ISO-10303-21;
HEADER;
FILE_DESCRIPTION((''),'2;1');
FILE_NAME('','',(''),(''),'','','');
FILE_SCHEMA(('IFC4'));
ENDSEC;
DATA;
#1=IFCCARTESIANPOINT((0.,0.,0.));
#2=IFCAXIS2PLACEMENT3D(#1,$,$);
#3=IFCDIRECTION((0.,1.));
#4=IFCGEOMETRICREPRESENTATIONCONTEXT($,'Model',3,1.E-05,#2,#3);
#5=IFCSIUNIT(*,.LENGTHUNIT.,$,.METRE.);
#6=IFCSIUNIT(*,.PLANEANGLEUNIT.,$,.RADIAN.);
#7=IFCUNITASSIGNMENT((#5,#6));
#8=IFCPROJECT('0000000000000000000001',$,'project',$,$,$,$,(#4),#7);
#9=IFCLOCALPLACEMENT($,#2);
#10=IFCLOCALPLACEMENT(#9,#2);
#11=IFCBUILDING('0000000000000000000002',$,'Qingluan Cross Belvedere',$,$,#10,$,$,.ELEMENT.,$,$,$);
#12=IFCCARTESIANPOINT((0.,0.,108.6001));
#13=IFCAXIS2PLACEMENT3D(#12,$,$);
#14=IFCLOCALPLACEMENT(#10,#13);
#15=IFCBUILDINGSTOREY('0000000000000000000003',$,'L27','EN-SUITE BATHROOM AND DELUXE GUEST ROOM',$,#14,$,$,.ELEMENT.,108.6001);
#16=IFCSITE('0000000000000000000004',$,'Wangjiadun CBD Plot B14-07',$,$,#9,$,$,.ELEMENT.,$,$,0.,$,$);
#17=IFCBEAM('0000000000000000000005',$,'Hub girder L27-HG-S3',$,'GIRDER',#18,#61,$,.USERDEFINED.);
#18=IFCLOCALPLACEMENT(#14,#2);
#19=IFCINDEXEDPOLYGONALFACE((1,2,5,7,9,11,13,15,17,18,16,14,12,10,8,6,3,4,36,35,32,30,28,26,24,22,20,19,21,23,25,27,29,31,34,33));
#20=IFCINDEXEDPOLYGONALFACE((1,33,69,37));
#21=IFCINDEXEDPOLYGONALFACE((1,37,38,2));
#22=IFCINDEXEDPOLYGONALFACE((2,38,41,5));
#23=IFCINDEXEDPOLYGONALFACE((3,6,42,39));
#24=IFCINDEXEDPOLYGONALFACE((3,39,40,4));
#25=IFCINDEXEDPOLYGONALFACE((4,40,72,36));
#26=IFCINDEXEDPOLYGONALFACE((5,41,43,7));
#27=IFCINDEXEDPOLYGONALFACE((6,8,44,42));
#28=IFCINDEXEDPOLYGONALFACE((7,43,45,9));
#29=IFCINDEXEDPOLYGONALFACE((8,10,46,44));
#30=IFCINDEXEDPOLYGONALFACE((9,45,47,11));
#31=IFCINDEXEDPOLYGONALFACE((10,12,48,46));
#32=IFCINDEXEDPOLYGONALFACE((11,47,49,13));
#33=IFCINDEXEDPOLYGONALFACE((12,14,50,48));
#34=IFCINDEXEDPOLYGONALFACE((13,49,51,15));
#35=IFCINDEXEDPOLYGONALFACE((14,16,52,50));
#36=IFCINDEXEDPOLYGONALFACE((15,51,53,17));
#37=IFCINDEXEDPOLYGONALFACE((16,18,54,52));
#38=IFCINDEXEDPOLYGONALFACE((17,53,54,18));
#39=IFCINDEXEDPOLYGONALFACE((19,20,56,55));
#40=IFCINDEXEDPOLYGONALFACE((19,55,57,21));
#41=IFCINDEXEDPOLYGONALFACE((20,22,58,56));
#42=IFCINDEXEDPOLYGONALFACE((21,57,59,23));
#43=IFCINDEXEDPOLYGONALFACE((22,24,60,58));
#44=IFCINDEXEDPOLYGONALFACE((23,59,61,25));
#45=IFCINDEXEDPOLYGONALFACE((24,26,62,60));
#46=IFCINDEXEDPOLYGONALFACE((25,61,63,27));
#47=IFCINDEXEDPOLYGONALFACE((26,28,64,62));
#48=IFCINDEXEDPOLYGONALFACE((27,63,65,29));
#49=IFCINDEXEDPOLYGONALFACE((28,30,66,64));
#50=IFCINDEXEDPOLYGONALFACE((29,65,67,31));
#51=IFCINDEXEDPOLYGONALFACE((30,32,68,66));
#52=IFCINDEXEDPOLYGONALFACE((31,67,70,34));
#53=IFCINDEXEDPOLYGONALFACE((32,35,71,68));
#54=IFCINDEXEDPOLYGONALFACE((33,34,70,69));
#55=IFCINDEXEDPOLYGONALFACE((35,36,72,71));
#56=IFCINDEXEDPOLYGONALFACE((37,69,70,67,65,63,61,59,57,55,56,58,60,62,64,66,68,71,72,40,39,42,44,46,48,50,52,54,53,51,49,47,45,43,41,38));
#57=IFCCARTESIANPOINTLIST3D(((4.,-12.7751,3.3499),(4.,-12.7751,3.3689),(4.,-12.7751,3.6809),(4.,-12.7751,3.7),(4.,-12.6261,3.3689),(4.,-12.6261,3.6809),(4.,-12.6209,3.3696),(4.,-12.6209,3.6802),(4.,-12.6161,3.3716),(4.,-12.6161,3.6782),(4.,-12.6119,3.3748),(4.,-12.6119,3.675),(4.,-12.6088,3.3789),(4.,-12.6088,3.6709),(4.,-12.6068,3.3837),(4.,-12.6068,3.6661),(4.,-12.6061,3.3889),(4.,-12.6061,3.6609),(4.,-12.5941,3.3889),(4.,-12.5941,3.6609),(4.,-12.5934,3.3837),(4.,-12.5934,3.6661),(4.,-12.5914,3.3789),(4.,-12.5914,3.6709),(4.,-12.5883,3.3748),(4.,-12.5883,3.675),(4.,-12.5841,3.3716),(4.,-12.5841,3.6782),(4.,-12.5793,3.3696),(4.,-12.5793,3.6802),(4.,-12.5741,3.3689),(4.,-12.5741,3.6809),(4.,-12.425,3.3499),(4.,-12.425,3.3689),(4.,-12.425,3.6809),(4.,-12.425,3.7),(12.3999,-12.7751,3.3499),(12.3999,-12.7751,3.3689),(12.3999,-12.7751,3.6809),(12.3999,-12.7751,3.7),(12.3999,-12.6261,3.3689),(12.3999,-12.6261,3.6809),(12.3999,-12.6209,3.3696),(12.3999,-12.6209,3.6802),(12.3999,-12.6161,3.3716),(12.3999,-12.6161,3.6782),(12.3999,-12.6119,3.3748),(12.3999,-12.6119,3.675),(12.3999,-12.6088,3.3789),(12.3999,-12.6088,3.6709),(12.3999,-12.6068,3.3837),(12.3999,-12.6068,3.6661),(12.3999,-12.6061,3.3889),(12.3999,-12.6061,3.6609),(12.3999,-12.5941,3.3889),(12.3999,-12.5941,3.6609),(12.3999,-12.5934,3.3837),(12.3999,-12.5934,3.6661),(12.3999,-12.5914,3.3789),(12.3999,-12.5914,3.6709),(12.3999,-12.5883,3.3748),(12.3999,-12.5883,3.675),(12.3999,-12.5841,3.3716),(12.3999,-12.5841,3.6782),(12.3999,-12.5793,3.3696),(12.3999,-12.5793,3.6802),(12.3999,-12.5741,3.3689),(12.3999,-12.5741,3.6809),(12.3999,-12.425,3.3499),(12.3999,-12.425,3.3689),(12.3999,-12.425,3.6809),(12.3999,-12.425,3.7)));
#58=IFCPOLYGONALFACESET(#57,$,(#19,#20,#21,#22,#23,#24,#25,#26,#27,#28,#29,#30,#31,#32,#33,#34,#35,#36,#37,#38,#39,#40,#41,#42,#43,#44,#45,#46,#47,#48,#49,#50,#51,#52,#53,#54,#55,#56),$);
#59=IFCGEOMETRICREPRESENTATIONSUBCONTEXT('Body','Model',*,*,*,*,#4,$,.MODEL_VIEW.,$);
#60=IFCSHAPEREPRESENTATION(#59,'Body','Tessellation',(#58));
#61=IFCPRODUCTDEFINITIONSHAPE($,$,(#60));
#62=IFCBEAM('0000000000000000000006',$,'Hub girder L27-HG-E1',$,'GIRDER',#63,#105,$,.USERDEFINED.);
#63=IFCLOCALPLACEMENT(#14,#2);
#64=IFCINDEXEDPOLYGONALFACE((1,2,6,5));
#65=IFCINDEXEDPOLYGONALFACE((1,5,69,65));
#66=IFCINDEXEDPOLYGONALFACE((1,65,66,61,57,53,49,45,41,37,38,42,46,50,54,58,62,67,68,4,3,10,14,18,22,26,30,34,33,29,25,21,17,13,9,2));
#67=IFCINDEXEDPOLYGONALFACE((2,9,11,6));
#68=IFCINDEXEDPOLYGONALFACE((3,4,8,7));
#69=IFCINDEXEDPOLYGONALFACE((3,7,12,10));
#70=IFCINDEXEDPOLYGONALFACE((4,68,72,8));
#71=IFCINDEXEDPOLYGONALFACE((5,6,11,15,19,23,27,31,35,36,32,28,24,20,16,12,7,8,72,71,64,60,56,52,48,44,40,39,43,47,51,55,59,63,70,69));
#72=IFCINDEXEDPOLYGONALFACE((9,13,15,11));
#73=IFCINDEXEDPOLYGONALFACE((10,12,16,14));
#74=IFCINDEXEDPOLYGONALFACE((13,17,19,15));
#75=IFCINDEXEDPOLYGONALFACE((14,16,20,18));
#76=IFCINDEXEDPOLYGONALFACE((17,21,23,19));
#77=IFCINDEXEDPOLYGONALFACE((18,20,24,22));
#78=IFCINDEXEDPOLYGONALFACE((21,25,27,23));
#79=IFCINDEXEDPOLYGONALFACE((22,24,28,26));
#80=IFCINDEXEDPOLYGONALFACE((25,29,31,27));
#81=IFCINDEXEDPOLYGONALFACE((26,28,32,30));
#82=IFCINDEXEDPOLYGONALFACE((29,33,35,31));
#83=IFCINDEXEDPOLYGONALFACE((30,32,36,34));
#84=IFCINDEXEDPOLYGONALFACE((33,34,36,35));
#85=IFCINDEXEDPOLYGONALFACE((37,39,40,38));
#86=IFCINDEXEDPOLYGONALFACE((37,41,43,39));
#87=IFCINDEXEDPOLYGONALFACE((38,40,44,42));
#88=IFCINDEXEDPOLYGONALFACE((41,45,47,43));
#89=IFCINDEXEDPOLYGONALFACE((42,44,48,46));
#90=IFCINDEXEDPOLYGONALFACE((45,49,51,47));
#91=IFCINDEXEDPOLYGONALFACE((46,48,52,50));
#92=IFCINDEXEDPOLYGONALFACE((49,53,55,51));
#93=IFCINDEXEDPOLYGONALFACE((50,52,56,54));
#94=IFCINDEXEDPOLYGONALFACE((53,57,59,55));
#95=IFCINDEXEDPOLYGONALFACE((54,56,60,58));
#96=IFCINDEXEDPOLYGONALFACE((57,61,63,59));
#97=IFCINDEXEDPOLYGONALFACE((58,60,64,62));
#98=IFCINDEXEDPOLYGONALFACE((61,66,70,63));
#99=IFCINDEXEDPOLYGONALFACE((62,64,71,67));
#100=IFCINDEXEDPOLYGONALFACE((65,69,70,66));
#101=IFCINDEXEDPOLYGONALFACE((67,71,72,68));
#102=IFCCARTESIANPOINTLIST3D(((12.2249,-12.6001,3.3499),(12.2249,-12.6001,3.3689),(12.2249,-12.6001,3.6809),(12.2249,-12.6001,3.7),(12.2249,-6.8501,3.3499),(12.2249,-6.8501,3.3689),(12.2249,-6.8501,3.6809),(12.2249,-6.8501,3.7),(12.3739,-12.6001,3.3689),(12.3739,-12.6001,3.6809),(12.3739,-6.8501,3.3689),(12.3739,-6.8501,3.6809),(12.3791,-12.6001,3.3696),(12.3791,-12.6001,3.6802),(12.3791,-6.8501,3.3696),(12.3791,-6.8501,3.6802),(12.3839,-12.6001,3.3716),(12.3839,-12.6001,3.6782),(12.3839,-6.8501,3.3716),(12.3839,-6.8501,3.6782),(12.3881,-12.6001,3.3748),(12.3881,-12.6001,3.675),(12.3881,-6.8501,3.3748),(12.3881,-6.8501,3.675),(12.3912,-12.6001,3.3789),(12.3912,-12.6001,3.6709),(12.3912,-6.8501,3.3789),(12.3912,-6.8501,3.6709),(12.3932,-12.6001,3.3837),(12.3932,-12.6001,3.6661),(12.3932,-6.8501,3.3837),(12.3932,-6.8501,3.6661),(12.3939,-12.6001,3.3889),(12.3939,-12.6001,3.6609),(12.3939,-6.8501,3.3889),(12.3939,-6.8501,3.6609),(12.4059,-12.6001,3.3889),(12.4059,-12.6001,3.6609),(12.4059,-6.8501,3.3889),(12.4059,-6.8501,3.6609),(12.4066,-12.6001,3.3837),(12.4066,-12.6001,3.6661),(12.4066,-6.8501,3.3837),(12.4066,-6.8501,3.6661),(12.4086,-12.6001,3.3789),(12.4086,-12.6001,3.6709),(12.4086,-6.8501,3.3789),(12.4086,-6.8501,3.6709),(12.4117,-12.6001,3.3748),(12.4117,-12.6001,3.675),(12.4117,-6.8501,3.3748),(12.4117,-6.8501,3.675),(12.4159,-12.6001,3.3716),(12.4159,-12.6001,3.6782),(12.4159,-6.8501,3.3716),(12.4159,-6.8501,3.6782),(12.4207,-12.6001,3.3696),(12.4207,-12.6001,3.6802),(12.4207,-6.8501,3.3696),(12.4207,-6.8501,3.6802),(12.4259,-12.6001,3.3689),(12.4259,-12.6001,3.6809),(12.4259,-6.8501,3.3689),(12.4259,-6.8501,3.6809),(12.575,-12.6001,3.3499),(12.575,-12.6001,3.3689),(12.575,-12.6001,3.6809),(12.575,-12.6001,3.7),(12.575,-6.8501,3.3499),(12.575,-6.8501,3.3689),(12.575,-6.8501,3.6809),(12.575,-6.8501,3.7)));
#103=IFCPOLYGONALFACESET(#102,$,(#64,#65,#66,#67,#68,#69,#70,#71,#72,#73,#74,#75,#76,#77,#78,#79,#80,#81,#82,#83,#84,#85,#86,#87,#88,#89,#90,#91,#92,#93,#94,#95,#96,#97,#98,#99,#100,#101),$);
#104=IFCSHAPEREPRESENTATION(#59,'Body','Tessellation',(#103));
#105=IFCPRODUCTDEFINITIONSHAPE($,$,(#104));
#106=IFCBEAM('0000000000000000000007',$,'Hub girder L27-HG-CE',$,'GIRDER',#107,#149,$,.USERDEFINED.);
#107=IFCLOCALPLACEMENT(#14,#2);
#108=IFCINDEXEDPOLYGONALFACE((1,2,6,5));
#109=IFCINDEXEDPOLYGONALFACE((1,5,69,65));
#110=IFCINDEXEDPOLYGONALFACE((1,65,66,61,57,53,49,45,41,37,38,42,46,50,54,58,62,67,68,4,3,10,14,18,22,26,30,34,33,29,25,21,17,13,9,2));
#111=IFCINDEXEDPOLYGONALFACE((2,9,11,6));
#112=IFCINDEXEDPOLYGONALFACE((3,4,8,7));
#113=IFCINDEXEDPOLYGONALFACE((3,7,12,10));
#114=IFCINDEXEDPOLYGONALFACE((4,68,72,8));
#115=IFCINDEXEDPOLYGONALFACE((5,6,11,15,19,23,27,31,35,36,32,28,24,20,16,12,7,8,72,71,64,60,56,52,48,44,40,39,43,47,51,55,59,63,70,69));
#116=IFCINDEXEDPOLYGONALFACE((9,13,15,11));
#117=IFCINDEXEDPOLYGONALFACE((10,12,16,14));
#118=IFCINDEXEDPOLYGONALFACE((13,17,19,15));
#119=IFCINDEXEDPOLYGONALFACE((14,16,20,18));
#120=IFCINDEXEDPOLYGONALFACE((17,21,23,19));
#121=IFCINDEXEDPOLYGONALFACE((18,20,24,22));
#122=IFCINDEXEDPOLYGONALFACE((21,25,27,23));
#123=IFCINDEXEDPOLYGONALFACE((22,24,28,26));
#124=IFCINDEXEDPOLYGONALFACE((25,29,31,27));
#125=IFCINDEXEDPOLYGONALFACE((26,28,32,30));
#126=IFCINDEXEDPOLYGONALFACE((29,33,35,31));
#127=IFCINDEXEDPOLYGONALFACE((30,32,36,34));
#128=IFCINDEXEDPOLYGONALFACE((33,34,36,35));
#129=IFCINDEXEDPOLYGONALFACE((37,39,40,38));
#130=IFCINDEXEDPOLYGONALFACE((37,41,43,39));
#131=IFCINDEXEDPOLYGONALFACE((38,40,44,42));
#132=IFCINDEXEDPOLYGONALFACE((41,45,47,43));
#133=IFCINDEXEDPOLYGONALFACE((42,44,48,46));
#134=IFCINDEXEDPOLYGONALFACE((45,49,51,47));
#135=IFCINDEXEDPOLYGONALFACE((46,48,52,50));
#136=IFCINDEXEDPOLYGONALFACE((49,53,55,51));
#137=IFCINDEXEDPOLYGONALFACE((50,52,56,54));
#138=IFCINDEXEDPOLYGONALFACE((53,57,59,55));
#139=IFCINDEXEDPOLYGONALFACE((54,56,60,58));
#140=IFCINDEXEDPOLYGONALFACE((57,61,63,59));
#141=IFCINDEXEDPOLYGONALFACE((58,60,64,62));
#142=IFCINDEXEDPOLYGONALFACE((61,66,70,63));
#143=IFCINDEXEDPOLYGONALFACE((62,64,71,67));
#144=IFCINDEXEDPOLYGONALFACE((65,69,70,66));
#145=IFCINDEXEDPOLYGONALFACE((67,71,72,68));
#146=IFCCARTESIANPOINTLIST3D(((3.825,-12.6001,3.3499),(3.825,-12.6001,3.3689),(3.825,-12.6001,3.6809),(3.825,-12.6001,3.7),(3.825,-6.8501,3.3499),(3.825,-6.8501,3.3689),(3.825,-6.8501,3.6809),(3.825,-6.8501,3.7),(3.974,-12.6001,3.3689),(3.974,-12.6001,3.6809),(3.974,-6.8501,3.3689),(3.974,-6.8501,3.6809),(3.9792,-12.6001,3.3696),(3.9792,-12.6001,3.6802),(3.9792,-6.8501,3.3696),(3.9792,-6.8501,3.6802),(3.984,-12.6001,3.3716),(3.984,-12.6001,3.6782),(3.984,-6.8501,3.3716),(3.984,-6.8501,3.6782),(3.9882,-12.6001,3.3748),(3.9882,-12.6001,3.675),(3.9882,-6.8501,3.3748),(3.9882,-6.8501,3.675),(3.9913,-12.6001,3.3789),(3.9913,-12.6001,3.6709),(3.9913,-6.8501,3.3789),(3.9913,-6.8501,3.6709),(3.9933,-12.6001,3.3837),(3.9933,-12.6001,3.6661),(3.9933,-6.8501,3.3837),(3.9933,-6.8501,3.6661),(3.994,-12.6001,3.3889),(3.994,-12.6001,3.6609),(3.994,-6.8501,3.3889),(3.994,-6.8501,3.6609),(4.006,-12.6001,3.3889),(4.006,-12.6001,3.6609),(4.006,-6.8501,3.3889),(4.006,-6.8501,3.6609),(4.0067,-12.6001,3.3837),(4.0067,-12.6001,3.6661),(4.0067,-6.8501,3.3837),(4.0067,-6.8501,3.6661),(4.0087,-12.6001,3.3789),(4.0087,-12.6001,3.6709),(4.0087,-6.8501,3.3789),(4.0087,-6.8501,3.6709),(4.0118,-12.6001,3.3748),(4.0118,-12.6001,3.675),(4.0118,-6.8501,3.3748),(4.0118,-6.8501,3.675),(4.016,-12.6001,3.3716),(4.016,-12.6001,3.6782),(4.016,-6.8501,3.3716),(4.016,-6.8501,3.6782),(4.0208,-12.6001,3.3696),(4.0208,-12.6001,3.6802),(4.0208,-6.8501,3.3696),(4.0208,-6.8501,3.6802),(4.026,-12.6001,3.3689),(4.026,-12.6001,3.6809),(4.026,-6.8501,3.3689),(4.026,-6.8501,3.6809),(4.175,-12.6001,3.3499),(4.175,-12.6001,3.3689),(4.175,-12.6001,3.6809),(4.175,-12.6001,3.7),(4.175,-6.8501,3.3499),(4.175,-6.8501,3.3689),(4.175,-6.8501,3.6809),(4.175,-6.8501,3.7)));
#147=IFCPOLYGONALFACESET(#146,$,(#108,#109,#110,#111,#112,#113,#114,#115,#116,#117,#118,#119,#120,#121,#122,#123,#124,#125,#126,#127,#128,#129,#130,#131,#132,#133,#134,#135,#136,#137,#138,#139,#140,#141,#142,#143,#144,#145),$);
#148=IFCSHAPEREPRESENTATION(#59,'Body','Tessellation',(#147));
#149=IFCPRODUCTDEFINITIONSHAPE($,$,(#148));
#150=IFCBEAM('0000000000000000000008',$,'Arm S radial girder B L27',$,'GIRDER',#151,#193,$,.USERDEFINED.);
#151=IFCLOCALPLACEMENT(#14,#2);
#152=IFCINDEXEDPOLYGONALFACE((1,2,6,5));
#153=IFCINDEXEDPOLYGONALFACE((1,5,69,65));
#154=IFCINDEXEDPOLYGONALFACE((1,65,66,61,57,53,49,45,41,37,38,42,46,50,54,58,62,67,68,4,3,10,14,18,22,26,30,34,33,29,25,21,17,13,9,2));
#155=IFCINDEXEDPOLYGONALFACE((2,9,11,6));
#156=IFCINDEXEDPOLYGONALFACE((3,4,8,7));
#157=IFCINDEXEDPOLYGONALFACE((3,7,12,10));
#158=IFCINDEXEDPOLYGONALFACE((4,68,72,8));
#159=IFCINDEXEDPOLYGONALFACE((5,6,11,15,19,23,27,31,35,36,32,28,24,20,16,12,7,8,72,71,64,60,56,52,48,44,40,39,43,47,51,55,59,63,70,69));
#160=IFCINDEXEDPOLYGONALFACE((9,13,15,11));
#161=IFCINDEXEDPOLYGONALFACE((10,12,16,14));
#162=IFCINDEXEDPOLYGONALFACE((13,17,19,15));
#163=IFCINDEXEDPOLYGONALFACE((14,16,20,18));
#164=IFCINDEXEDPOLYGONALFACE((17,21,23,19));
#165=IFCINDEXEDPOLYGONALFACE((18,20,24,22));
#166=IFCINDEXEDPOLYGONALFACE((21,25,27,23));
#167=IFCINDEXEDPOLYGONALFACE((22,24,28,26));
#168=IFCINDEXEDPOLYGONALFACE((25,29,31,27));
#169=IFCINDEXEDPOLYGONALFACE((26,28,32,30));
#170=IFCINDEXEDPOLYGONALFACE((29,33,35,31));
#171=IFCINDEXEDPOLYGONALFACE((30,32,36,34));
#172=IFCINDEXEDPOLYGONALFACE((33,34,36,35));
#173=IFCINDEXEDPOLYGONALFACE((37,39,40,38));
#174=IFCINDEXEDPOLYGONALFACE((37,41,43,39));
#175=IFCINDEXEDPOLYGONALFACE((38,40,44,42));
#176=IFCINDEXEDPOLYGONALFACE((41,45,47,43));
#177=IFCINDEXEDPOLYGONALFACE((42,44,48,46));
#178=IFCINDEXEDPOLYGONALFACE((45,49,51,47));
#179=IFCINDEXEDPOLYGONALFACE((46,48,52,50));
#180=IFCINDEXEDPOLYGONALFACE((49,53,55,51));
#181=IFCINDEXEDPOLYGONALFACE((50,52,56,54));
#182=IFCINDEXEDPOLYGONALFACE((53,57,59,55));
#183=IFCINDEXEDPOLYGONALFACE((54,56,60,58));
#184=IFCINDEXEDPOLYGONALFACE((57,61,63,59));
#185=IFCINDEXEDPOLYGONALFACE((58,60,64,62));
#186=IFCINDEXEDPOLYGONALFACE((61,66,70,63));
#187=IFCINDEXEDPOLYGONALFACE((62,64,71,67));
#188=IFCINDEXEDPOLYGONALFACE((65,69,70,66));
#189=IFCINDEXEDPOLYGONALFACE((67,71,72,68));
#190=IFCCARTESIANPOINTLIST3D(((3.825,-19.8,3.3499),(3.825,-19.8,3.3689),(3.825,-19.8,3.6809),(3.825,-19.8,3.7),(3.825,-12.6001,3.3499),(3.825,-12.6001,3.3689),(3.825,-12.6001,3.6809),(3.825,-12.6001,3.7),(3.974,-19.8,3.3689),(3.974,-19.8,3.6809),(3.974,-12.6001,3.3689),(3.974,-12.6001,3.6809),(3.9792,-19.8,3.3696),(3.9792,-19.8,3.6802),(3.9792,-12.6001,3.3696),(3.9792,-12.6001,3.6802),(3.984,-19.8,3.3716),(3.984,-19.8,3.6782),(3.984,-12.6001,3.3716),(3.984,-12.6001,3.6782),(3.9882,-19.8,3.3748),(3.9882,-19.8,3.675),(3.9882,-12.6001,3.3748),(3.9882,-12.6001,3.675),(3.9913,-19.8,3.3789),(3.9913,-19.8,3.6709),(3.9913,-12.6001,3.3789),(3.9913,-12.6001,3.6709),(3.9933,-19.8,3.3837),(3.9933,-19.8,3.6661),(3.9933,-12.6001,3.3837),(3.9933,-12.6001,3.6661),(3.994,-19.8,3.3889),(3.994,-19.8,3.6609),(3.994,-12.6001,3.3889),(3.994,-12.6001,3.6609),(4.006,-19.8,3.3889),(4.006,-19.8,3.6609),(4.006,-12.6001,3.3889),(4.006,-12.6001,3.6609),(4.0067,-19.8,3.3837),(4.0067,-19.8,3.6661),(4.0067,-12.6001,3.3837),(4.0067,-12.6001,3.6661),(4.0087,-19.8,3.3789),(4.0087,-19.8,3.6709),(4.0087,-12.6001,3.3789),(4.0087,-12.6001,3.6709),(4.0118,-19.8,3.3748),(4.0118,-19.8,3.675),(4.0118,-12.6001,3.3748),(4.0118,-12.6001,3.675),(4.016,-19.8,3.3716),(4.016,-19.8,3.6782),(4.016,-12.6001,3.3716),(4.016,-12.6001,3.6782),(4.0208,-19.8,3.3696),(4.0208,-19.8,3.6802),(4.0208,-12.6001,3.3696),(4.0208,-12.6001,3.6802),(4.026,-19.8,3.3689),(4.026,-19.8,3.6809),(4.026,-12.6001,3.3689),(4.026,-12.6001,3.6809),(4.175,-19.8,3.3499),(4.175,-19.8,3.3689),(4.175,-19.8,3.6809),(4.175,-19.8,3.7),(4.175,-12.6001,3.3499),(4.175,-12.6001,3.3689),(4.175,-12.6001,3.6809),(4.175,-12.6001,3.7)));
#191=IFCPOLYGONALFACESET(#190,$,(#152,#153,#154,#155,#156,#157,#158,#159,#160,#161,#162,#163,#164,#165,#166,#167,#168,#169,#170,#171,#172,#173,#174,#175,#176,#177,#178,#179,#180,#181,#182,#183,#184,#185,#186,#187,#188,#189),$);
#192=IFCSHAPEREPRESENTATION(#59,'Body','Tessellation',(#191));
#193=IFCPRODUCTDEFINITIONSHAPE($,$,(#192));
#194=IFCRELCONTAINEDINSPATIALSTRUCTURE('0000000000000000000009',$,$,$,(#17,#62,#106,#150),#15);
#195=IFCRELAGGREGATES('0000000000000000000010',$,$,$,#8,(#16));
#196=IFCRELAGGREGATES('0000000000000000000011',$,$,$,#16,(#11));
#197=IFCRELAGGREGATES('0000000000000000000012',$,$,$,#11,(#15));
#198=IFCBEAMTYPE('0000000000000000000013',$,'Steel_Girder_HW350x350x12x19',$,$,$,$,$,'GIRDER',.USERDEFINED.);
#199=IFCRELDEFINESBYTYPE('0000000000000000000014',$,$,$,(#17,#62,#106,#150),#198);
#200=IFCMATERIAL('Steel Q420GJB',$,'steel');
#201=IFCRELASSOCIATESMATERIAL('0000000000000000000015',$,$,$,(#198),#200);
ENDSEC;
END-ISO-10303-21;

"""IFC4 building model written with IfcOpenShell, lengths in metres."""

from ifc_helpers import new_model, si_unit, direction, frame, origin, origin_2d, place, context, subcontext, project, spatial, i_section, extrude, material, material_profile, profile_set, type_object, element, save


model = new_model("IFC4")

# Units and contexts
model_context = context("Model", 3, precision=1e-05, world=origin(), true_north=direction((0.0, 1.0)))
body_context = subcontext(model_context, "Body", "Model", "MODEL_VIEW")
ifc_project = project(units=[si_unit("LENGTHUNIT", "METRE"), si_unit("PLANEANGLEUNIT", "RADIAN")], contexts=[model_context])

# Site, building, storey
site_placement = place(None, origin())
site = spatial("IfcSite", under=ifc_project, at=site_placement, Name="Wangjiadun CBD Plot B14-07", CompositionType="ELEMENT", RefElevation=0.0)
building_placement = place(site_placement, origin())
building = spatial("IfcBuilding", under=site, at=building_placement, Name="Qingluan Cross Belvedere", CompositionType="ELEMENT")
storey_placement = place(building_placement, frame((0.0, 0.0, 108.6001)))
storey = spatial("IfcBuildingStorey", under=building, at=storey_placement, Name="L27", Description="EN-SUITE BATHROOM AND DELUXE GUEST ROOM", CompositionType="ELEMENT", Elevation=108.6001)

# Beams
ifc_material_1 = material(Name="Steel Q420GJB", Category="steel")
ifc_material_profile_1 = material_profile(ifc_material_1, i_section(OverallWidth=0.3501, OverallDepth=0.3501, WebThickness=0.012, FlangeThickness=0.019, FilletRadius=0.02, at=origin_2d()), Name="HW350x350x12x19")
ifc_profile_set_1 = profile_set([ifc_material_profile_1], Name="Steel Q420GJB")
beam_type_1 = type_object("IfcBeamType", Name="Steel_Girder_HW350x350x12x19", ElementType="GIRDER", PredefinedType="USERDEFINED", material=ifc_profile_set_1)
beam_1_placement = place(storey_placement, frame((4.0, -12.6001, 3.5249), z_axis=(1.0, 0.0, 0.0), x_axis=(0.0, 1.0, 0.0)))
element("IfcBeam", 1, at=beam_1_placement, inside=storey, type_object=beam_type_1, Name="Hub girder L27-HG-S3", ObjectType="GIRDER", PredefinedType="USERDEFINED", context=body_context, shape_type="SweptSolid", body=[
    extrude(i_section(OverallWidth=0.3501, OverallDepth=0.3501, WebThickness=0.012, FlangeThickness=0.019, FilletRadius=0.02, at=origin_2d()), origin(), (0.0, 0.0, 1.0), 8.3999),
])
for number, where, z_axis, x_axis, name in (
    (2, (12.3999, -12.6001, 3.5249), (0.0, 1.0, 0.0), (-1.0, 0.0, 0.0), "Hub girder L27-HG-E1"),
    (3, (4.0, -12.6001, 3.5249), (0.0, 1.0, 0.0), (-1.0, 0.0, 0.0), "Hub girder L27-HG-CE"),
):
    element("IfcBeam", number, at=place(storey_placement, frame(where, z_axis=z_axis, x_axis=x_axis)), inside=storey, type_object=beam_type_1, Name=name, ObjectType="GIRDER", PredefinedType="USERDEFINED", context=body_context, shape_type="SweptSolid", body=[
        extrude(i_section(OverallWidth=0.3501, OverallDepth=0.3501, WebThickness=0.012, FlangeThickness=0.019, FilletRadius=0.02, at=origin_2d()), origin(), (0.0, 0.0, 1.0), 5.75),
    ])
beam_2_placement = place(storey_placement, frame((4.0, -12.6001, 3.5249), z_axis=(0.0, -1.0, 0.0), x_axis=(1.0, 0.0, 0.0)))
element("IfcBeam", 4, at=beam_2_placement, inside=storey, type_object=beam_type_1, Name="Arm S radial girder B L27", ObjectType="GIRDER", PredefinedType="USERDEFINED", context=body_context, shape_type="SweptSolid", body=[
    extrude(i_section(OverallWidth=0.3501, OverallDepth=0.3501, WebThickness=0.012, FlangeThickness=0.019, FilletRadius=0.02, at=origin_2d()), origin(), (0.0, 0.0, 1.0), 7.2),
])

save(model, "model.ifc")
